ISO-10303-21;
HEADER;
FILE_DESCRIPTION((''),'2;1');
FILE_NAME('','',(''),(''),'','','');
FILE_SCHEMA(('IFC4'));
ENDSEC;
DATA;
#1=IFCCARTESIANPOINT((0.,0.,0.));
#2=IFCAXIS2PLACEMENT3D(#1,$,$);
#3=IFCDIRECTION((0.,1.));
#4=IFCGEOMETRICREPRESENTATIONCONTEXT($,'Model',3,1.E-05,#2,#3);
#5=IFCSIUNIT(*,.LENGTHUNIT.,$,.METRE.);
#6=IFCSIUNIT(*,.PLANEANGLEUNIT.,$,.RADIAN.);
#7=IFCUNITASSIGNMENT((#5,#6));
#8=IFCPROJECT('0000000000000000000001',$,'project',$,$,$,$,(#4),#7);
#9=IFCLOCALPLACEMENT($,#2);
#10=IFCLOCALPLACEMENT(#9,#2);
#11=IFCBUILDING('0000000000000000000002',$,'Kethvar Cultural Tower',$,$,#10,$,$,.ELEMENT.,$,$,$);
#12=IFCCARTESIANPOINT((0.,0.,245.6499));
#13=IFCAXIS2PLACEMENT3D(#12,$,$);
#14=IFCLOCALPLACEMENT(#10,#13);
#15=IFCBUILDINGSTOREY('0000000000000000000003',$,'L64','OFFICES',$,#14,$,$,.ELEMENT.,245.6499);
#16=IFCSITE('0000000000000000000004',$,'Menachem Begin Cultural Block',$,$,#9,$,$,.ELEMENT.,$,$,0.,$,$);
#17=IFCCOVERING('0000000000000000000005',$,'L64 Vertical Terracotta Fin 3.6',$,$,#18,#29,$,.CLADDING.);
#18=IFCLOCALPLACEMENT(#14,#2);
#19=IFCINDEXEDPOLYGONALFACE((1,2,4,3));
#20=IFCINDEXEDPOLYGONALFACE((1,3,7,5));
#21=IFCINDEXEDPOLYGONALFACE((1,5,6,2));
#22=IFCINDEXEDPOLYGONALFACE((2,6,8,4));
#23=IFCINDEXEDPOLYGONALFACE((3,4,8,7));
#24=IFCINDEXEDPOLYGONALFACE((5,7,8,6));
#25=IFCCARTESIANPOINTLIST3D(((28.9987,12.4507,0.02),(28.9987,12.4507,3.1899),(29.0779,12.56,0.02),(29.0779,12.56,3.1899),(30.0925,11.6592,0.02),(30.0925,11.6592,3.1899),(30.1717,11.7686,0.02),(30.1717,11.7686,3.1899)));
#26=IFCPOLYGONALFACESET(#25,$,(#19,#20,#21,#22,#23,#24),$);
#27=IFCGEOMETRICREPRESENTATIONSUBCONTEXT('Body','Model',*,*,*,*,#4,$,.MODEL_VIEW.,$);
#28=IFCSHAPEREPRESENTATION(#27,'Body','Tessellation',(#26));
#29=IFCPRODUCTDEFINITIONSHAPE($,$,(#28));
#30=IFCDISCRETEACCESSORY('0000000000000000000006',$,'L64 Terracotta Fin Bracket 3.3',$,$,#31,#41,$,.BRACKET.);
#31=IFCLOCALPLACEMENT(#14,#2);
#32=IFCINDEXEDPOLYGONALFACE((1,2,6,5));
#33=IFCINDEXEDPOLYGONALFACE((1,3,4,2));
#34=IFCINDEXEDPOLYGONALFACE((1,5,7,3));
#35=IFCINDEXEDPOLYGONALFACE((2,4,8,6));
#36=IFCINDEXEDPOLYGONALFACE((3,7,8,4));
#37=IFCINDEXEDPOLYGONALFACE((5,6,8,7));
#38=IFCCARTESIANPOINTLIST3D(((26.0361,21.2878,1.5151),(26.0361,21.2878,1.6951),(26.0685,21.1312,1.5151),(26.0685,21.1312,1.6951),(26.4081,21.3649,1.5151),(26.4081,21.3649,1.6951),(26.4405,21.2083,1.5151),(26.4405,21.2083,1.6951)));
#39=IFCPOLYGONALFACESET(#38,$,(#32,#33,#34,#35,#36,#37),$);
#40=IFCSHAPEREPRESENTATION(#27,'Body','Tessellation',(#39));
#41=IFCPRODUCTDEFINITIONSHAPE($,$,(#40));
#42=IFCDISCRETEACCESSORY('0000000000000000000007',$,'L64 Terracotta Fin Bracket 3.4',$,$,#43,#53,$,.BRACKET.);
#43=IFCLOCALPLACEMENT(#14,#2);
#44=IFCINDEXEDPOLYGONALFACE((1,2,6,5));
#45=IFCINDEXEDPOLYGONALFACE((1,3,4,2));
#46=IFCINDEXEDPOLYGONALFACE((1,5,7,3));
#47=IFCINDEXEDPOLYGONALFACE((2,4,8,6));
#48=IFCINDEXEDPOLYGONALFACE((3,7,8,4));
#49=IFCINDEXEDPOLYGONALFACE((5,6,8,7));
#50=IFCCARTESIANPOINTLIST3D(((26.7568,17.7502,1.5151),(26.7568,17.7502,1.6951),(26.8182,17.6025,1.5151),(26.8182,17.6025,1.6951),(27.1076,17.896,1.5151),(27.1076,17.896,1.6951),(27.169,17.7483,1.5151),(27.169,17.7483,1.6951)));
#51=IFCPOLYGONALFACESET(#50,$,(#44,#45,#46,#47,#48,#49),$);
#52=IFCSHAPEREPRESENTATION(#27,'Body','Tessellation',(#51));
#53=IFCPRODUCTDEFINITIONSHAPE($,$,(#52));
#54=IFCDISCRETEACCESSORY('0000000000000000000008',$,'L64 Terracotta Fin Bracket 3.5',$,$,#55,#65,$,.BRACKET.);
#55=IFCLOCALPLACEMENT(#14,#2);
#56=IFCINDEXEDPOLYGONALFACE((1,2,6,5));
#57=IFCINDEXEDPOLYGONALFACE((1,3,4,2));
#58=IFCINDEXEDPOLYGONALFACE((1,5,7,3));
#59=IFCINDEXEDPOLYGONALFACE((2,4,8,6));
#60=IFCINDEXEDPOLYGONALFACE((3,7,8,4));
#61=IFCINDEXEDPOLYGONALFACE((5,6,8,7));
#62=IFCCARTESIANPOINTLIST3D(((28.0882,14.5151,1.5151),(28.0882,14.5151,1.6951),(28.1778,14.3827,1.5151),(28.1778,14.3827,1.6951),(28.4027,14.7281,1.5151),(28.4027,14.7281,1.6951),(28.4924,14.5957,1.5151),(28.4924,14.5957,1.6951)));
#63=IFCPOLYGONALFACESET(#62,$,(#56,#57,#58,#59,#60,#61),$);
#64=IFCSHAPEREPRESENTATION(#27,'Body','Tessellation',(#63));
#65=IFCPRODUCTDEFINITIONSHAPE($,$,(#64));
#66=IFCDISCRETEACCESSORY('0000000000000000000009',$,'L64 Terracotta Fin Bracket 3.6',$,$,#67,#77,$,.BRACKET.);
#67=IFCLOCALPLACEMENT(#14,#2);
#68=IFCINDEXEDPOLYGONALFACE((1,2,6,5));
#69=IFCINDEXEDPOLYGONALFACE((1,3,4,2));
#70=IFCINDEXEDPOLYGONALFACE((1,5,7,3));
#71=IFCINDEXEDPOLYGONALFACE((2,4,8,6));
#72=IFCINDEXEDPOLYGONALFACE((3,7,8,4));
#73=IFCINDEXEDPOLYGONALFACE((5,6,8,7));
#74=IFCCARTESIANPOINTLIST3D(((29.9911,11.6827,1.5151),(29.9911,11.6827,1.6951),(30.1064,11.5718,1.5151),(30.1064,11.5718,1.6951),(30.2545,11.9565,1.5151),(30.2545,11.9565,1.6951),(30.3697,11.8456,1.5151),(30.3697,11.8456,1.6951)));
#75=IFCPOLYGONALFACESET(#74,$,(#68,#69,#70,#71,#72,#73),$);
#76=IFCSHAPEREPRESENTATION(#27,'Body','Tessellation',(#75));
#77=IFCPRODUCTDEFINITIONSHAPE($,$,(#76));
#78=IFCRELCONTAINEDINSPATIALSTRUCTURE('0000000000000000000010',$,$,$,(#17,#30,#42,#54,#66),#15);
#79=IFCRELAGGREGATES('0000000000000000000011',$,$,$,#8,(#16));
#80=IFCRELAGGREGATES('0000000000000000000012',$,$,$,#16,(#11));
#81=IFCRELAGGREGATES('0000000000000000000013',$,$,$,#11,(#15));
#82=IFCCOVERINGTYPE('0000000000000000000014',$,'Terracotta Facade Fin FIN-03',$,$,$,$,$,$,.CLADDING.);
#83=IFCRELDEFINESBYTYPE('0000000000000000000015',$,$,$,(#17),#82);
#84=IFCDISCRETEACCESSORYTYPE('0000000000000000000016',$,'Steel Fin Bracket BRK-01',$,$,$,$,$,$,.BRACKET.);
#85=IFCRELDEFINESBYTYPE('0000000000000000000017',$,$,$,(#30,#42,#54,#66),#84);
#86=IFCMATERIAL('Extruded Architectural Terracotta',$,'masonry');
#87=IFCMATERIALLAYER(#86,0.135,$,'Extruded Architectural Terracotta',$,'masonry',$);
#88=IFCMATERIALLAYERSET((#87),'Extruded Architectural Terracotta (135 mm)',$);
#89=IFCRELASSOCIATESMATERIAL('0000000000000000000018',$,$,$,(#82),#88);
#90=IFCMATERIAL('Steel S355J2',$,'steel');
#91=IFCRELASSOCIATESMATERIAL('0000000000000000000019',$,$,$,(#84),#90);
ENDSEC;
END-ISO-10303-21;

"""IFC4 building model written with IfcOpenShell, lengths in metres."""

from ifc_helpers import new_model, si_unit, direction, frame, origin, origin_2d, place, context, subcontext, project, spatial, rectangle, extrude, source, transform, mapped, material, layer, layer_set, type_object, element, save


model = new_model("IFC4")

# Units and contexts
model_context = context("Model", 3, precision=1e-05, world=origin(), true_north=direction((0.0, 1.0)))
body_context = subcontext(model_context, "Body", "Model", "MODEL_VIEW")
ifc_project = project(units=[si_unit("LENGTHUNIT", "METRE"), si_unit("PLANEANGLEUNIT", "RADIAN")], contexts=[model_context])

# Site, building, storey
site_placement = place(None, origin())
site = spatial("IfcSite", under=ifc_project, at=site_placement, Name="Menachem Begin Cultural Block", CompositionType="ELEMENT", RefElevation=0.0)
building_placement = place(site_placement, origin())
building = spatial("IfcBuilding", under=site, at=building_placement, Name="Kethvar Cultural Tower", CompositionType="ELEMENT")
storey_placement = place(building_placement, frame((0.0, 0.0, 245.6499)))
storey = spatial("IfcBuildingStorey", under=building, at=storey_placement, Name="L64", Description="OFFICES", CompositionType="ELEMENT", Elevation=245.6499)

# Shared definitions
ifc_material_1 = material(Name="Steel S355J2", Category="steel")

# Covering
ifc_material_2 = material(Name="Extruded Architectural Terracotta", Category="masonry")
ifc_layer_1 = layer(ifc_material_2, 0.135, Name="Extruded Architectural Terracotta", Category="masonry")
ifc_layer_set_1 = layer_set([ifc_layer_1], Name="Extruded Architectural Terracotta (135 mm)")
covering_type_1 = type_object("IfcCoveringType", Name="Terracotta Facade Fin FIN-03", PredefinedType="CLADDING", material=ifc_layer_set_1)
shared_shape_1 = source(origin(), body_context, "Body", "SweptSolid", [
    extrude(rectangle(XDim=1.3501, YDim=0.135, at=origin_2d()), origin(), (0.0, 0.0, 1.0), 3.1699),
])
for number, where, z_axis, x_axis, name in (
    (1, (29.5852, 12.1096, 0.02), (0.0, 0.0, 1.0), (-0.810144, 0.586231, 0.0), "L64 Vertical Terracotta Fin 3.6"),
):
    element("IfcCovering", number, at=place(storey_placement, frame(where, z_axis=z_axis, x_axis=x_axis)), inside=storey, type_object=covering_type_1, Name=name, PredefinedType="CLADDING", context=body_context, shape_type="MappedRepresentation", body=[
        mapped(shared_shape_1, transform((0.0, 0.0, 0.0), scale=1.0)),
    ])

# Discrete accessories
discrete_accessory_type = type_object("IfcDiscreteAccessoryType", Name="Steel Fin Bracket BRK-01", PredefinedType="BRACKET", material=ifc_material_1)
shared_shape_2 = source(origin(), body_context, "Body", "SweptSolid", [
    extrude(rectangle(XDim=0.3799, YDim=0.1599, at=origin_2d()), origin(), (0.0, 0.0, 1.0), 0.1799),
])
for number, where, z_axis, x_axis, name in (
    (2, (26.2383, 21.248, 1.5151), (0.0, 0.0, 1.0), (-0.979223, -0.202787, 0.0), "L64 Terracotta Fin Bracket 3.3"),
    (3, (26.9629, 17.7493, 1.5151), (0.0, 0.0, 1.0), (-0.923411, -0.383812, 0.0), "L64 Terracotta Fin Bracket 3.4"),
    (4, (28.2903, 14.5554, 1.5151), (0.0, 0.0, 1.0), (-0.82806, -0.560639, 0.0), "L64 Terracotta Fin Bracket 3.5"),
    (5, (30.1804, 11.7642, 1.5151), (0.0, 0.0, 1.0), (-0.693276, -0.720672, 0.0), "L64 Terracotta Fin Bracket 3.6"),
):
    element("IfcDiscreteAccessory", number, at=place(storey_placement, frame(where, z_axis=z_axis, x_axis=x_axis)), inside=storey, type_object=discrete_accessory_type, Name=name, PredefinedType="BRACKET", context=body_context, shape_type="MappedRepresentation", body=[
        mapped(shared_shape_2, transform((0.0, 0.0, 0.0), scale=1.0)),
    ])

save(model, "model.ifc")
